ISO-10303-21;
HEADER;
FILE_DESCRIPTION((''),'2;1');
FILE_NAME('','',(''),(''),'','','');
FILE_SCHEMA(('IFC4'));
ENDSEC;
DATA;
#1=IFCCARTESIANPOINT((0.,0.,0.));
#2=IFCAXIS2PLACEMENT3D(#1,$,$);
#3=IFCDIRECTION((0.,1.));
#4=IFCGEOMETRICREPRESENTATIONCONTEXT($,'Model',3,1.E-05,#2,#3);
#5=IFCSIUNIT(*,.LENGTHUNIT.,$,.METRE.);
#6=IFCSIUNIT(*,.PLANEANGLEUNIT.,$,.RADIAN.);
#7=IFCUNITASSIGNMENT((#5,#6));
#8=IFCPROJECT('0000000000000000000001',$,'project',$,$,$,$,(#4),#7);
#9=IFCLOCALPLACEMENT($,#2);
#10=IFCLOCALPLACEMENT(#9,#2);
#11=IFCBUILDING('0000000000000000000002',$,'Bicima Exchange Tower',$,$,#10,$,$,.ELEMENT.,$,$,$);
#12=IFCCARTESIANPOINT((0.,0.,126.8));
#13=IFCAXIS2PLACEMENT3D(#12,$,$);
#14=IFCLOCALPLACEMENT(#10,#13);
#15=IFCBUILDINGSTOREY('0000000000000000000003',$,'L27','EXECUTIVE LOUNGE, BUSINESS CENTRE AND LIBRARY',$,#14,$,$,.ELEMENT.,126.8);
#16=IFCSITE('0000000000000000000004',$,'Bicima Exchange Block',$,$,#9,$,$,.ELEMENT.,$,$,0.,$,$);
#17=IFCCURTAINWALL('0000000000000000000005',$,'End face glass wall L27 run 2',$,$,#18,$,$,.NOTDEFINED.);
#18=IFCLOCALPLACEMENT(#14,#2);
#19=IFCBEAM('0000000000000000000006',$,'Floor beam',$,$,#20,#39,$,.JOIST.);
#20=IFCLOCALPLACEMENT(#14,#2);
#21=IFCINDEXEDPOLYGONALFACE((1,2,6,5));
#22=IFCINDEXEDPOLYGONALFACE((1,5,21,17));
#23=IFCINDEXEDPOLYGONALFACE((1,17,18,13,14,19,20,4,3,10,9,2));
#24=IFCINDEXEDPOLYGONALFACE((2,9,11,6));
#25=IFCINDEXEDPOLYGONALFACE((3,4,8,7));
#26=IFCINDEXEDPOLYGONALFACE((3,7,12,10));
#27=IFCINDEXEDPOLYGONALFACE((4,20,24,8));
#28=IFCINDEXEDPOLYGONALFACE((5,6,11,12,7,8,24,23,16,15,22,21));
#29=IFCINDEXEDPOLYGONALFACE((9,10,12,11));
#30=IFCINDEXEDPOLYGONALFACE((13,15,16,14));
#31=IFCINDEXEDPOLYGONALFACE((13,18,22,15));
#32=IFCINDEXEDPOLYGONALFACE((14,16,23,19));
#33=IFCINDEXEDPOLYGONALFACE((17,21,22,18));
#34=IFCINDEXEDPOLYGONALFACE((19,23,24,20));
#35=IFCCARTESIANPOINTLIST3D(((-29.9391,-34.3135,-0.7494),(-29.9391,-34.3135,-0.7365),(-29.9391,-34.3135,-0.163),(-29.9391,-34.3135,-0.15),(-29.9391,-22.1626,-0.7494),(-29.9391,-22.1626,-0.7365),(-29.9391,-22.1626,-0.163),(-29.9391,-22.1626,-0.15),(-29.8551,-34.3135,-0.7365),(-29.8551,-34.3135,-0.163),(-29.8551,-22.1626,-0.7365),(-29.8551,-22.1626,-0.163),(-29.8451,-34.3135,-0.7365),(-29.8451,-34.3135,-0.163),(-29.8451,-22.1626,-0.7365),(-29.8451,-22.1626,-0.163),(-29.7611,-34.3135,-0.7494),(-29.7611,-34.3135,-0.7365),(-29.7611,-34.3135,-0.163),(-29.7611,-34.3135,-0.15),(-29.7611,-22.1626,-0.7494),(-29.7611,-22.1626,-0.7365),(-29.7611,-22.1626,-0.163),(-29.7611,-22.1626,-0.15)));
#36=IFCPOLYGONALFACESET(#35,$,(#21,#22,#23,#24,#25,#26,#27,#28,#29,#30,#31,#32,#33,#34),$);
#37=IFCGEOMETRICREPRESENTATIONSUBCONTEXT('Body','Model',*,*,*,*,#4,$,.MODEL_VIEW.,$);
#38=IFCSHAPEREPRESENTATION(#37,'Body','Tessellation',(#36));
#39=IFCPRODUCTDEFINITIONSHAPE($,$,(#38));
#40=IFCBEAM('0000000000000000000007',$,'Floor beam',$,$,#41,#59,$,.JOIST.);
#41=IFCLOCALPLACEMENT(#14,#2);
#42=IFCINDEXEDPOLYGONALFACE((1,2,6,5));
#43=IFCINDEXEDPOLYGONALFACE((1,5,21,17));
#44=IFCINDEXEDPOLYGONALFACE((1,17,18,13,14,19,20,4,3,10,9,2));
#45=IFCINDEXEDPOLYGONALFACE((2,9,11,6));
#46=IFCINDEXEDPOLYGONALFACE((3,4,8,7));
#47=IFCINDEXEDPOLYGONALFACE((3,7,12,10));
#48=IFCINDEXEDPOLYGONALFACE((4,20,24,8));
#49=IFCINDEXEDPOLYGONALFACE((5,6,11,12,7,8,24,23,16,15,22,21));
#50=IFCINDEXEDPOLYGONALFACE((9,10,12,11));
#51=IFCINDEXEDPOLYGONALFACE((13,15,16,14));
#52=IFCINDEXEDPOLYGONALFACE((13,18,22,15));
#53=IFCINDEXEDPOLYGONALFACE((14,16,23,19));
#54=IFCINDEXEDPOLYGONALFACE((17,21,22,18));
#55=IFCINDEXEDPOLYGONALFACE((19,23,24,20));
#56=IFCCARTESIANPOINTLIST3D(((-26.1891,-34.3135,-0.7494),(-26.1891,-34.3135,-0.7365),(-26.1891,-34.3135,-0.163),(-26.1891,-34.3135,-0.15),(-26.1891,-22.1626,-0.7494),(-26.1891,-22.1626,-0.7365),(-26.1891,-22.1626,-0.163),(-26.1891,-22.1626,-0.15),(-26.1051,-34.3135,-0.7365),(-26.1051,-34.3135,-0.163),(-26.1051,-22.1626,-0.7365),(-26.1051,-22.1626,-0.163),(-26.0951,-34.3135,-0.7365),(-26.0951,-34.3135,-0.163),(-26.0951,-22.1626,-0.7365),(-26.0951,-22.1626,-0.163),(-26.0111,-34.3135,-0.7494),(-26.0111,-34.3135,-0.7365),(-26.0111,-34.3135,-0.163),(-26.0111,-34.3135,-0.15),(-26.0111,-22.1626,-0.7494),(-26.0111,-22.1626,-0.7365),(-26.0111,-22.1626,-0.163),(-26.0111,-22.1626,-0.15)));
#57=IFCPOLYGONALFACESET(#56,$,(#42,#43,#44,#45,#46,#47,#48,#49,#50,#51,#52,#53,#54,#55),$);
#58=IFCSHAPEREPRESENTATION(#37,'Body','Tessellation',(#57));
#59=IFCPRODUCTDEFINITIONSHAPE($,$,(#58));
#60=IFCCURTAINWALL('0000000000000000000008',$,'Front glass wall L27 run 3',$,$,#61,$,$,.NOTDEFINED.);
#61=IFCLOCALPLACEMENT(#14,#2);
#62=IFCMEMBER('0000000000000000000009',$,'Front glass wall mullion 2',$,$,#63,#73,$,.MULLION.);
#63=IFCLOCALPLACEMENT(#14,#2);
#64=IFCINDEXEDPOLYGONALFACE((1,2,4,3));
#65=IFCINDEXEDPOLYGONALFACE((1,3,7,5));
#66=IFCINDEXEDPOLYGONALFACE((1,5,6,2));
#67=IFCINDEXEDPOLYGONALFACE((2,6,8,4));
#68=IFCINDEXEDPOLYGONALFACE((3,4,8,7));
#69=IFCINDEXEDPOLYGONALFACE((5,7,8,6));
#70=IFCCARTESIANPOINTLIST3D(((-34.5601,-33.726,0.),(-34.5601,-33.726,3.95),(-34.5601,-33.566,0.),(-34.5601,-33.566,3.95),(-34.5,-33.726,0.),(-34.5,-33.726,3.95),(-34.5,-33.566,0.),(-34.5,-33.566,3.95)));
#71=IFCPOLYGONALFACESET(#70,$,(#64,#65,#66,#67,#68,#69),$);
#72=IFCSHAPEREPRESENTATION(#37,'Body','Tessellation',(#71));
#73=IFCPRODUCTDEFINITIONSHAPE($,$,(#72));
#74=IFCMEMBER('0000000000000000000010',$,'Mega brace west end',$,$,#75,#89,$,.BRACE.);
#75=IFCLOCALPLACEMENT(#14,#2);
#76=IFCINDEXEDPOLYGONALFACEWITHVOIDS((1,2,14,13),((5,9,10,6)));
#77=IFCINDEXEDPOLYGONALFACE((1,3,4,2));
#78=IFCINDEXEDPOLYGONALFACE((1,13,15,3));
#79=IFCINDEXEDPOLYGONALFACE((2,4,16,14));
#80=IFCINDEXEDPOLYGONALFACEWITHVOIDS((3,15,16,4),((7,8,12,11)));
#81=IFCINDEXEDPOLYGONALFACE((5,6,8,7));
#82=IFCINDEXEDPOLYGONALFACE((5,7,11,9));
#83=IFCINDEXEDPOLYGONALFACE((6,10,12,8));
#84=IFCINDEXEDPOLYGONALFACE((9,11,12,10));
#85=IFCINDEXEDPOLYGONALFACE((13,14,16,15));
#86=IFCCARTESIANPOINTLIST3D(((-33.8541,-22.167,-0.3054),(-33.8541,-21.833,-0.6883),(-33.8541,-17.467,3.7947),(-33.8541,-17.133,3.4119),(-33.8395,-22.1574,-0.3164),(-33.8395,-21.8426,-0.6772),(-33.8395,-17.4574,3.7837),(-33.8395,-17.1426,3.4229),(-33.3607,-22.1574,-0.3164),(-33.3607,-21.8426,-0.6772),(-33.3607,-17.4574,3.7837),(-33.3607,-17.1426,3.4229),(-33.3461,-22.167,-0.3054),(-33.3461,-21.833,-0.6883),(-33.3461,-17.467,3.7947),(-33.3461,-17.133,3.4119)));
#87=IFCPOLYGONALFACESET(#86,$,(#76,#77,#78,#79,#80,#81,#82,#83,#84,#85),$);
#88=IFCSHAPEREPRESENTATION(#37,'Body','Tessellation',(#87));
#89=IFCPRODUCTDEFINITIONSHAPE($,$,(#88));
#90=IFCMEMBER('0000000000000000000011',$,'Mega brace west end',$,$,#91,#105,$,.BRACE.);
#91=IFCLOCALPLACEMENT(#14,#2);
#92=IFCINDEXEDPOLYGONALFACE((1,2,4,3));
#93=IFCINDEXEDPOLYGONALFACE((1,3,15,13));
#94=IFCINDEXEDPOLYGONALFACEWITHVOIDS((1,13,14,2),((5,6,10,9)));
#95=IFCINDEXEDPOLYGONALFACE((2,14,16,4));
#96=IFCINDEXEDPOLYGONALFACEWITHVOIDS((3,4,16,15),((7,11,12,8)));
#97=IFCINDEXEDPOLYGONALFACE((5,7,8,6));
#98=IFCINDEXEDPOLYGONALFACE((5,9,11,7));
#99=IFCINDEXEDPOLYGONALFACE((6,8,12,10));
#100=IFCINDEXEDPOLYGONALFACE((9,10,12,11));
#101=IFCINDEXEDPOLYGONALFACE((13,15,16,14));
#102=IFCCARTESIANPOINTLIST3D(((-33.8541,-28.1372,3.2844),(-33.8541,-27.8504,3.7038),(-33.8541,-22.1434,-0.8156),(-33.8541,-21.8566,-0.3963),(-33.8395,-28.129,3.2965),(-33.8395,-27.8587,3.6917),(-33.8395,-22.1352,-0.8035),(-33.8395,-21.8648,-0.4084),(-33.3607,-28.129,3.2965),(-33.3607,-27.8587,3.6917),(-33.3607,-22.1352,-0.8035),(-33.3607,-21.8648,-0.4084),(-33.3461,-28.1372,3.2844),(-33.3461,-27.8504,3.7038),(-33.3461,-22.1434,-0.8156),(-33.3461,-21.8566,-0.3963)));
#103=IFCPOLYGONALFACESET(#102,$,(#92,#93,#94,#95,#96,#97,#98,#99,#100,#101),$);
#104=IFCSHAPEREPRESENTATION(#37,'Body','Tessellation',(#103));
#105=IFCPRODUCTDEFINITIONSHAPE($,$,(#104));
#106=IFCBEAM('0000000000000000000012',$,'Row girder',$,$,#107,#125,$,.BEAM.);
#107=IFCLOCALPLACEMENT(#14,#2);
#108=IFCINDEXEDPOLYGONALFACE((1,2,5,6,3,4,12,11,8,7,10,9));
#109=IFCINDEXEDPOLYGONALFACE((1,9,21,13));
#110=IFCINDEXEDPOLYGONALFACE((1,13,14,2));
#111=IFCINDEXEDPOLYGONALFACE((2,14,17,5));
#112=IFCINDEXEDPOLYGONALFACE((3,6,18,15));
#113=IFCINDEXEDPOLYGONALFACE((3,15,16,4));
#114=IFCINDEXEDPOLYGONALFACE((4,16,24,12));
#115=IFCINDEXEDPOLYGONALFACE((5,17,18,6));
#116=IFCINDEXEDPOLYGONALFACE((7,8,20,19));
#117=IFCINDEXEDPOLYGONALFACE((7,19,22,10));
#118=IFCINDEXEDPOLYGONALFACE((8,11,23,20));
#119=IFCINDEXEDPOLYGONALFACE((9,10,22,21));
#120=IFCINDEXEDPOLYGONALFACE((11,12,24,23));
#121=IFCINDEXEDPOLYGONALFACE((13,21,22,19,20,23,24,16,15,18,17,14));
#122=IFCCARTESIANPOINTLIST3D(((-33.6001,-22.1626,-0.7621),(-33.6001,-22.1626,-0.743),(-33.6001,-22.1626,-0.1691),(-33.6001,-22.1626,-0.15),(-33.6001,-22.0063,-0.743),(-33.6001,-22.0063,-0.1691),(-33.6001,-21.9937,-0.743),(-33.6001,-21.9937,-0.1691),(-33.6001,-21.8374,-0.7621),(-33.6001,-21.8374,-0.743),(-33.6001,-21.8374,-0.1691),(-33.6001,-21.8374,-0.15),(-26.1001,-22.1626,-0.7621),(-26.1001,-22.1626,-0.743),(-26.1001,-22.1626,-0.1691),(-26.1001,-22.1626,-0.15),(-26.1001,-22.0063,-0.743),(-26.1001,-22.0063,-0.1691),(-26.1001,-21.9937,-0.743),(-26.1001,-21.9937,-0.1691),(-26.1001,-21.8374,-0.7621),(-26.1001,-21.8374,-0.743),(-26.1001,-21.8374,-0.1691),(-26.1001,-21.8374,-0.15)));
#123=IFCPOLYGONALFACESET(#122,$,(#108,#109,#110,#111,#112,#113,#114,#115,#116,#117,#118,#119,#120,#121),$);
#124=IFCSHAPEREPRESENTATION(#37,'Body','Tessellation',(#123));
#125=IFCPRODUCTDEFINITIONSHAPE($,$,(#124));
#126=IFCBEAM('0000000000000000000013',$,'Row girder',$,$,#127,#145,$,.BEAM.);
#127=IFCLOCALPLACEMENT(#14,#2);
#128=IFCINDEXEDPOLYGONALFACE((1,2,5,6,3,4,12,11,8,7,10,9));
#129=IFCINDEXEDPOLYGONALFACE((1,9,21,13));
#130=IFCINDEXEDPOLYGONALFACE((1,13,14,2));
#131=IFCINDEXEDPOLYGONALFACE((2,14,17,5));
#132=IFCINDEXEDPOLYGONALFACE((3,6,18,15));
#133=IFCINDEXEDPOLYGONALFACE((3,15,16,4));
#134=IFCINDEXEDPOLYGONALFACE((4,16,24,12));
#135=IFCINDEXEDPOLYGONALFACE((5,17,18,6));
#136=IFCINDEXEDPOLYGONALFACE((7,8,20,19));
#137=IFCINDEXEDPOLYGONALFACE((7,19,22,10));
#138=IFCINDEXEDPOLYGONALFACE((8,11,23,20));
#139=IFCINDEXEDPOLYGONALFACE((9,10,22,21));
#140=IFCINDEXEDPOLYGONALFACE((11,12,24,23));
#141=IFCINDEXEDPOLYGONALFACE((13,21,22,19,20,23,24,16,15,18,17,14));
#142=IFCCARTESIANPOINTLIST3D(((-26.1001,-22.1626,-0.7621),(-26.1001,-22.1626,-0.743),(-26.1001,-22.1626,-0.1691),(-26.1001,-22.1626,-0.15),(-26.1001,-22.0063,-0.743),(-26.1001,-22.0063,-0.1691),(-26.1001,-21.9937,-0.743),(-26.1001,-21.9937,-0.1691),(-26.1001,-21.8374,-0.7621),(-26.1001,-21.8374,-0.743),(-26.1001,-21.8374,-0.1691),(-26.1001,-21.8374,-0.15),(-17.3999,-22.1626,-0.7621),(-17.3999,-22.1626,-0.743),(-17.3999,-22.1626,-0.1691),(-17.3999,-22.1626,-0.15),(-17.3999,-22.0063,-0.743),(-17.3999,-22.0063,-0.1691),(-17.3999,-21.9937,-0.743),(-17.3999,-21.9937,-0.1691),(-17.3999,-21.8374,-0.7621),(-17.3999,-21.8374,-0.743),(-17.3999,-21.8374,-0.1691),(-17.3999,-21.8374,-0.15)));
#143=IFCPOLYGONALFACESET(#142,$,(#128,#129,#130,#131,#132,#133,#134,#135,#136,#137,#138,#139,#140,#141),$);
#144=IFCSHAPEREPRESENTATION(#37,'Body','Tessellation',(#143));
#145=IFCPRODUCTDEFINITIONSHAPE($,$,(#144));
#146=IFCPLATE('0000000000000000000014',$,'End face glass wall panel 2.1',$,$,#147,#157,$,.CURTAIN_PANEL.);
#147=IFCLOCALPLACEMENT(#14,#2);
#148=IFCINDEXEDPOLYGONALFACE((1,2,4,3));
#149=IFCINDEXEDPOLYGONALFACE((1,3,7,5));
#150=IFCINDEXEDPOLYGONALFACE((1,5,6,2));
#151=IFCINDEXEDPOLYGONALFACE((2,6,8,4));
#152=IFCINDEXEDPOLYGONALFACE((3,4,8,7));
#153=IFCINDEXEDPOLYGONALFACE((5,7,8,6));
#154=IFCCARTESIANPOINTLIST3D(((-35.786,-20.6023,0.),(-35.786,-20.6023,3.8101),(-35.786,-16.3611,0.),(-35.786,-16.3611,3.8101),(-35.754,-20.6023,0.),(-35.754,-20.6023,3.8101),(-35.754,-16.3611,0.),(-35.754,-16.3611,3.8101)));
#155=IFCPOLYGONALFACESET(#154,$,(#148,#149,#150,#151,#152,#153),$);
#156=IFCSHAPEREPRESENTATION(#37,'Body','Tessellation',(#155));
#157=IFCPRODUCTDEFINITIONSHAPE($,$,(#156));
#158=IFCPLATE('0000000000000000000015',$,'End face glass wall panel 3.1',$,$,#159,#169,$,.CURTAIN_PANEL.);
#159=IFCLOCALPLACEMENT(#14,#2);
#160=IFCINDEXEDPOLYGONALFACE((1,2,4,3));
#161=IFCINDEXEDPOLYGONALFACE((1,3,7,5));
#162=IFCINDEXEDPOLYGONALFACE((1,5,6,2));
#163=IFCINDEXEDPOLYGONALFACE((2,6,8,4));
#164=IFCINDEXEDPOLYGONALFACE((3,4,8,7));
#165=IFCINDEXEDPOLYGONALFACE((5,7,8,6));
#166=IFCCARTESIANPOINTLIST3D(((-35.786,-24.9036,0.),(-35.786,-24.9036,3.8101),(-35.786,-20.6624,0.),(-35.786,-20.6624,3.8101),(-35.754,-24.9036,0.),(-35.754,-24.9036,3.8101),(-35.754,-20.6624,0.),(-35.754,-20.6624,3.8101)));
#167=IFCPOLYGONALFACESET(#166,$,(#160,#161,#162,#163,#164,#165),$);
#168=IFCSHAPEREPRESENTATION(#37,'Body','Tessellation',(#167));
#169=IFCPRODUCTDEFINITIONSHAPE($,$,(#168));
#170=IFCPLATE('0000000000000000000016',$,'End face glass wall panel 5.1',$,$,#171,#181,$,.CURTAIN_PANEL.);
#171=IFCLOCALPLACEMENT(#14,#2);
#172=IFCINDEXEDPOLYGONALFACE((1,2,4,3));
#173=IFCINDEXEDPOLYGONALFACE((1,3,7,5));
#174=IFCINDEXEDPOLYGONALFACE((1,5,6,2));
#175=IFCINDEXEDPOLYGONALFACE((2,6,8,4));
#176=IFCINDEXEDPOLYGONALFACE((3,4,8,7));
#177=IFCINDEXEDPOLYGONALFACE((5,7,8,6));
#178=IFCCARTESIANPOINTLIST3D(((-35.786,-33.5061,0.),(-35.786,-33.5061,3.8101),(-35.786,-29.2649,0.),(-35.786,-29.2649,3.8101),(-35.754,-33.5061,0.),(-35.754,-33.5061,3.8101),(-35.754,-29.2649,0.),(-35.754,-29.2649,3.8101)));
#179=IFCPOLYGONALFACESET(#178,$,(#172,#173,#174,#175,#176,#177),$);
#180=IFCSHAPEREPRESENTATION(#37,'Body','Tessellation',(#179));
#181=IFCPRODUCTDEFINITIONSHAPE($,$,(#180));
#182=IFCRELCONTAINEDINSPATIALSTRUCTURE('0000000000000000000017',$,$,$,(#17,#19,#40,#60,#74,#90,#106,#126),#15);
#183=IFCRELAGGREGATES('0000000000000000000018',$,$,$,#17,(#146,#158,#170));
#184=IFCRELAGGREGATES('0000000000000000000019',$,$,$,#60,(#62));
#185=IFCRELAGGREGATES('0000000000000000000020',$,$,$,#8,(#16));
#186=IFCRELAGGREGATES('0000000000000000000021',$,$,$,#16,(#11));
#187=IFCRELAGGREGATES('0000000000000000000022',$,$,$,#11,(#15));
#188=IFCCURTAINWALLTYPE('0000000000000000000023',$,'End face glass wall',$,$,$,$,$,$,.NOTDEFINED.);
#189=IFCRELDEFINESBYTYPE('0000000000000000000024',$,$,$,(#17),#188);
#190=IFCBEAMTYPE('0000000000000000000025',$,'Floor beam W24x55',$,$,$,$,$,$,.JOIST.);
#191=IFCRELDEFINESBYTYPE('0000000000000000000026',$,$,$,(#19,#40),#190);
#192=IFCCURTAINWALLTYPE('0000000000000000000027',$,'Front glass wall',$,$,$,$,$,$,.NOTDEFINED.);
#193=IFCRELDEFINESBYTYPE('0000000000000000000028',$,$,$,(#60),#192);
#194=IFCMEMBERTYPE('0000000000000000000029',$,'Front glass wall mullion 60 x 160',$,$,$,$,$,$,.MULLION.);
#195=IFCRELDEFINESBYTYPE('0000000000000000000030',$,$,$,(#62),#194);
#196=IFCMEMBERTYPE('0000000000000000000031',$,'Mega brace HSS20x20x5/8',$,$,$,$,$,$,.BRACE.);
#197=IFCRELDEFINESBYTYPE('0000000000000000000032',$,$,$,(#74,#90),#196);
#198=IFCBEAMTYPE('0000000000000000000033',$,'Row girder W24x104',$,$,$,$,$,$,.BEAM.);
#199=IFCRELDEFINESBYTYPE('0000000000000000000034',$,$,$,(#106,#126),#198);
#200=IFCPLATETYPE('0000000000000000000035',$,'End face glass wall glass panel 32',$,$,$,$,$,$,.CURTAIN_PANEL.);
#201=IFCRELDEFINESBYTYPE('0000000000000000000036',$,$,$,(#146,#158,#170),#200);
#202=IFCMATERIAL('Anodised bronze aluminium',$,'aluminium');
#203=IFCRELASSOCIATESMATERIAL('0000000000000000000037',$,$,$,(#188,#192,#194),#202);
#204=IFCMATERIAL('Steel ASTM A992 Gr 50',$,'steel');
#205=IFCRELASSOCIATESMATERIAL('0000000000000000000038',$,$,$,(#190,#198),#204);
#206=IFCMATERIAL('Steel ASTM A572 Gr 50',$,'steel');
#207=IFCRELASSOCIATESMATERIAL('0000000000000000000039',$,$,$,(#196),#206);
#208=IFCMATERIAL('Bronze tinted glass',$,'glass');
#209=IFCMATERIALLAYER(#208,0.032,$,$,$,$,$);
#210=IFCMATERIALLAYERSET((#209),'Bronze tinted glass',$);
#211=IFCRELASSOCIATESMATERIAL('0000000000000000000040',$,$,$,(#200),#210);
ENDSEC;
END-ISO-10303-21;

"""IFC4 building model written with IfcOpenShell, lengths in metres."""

from ifc_helpers import new_model, si_unit, direction, frame, origin, origin_2d, place, context, subcontext, project, spatial, rectangle, hollow_rectangle, i_section, extrude, material, layer, layer_set, material_profile, profile_set, type_object, element, aggregate, save


model = new_model("IFC4")

# Units and contexts
model_context = context("Model", 3, precision=1e-05, world=origin(), true_north=direction((0.0, 1.0)))
body_context = subcontext(model_context, "Body", "Model", "MODEL_VIEW")
ifc_project = project(units=[si_unit("LENGTHUNIT", "METRE"), si_unit("PLANEANGLEUNIT", "RADIAN")], contexts=[model_context])

# Site, building, storey
site_placement = place(None, origin())
site = spatial("IfcSite", under=ifc_project, at=site_placement, Name="Bicima Exchange Block", CompositionType="ELEMENT", RefElevation=0.0)
building_placement = place(site_placement, origin())
building = spatial("IfcBuilding", under=site, at=building_placement, Name="Bicima Exchange Tower", CompositionType="ELEMENT")
storey_placement = place(building_placement, frame((0.0, 0.0, 126.8)))
storey = spatial("IfcBuildingStorey", under=building, at=storey_placement, Name="L27", Description="EXECUTIVE LOUNGE, BUSINESS CENTRE AND LIBRARY", CompositionType="ELEMENT", Elevation=126.8)

# Shared definitions
ifc_material_1 = material(Name="Steel ASTM A992 Gr 50", Category="steel")

# Curtain wall
ifc_material_2 = material(Name="Anodised bronze aluminium", Category="aluminium")
curtain_wall_type_1 = type_object("IfcCurtainWallType", Name="End face glass wall", PredefinedType="NOTDEFINED", material=ifc_material_2)
curtain_wall_1_placement = place(storey_placement, origin())
curtain_wall_1 = element("IfcCurtainWall", 1, at=curtain_wall_1_placement, inside=storey, type_object=curtain_wall_type_1, Name="End face glass wall L27 run 2", PredefinedType="NOTDEFINED")
ifc_material_profile_1 = material_profile(ifc_material_2, rectangle(XDim=0.1599, YDim=0.0601, at=origin_2d()))
ifc_profile_set_1 = profile_set([ifc_material_profile_1], Name="Anodised bronze aluminium")

# Beams
ifc_material_profile_2 = material_profile(ifc_material_1, i_section(OverallWidth=0.178, OverallDepth=0.5994, WebThickness=0.01, FlangeThickness=0.0129, at=origin_2d()))
ifc_profile_set_2 = profile_set([ifc_material_profile_2], Name="Steel ASTM A992 Gr 50")
beam_type_1 = type_object("IfcBeamType", Name="Floor beam W24x55", PredefinedType="JOIST", material=ifc_profile_set_2)
for number, where, z_axis, x_axis, name in (
    (2, (-29.8501, -22.1626, -0.4497), (0.0, -1.0, 0.0), (1.0, 0.0, 0.0), "Floor beam"),
    (3, (-26.1001, -22.1626, -0.4497), (0.0, -1.0, 0.0), (1.0, 0.0, 0.0), "Floor beam"),
):
    element("IfcBeam", number, at=place(storey_placement, frame(where, z_axis=z_axis, x_axis=x_axis)), inside=storey, type_object=beam_type_1, Name=name, PredefinedType="JOIST", context=body_context, shape_type="SweptSolid", body=[
        extrude(i_section(OverallWidth=0.178, OverallDepth=0.5994, WebThickness=0.01, FlangeThickness=0.0129, at=origin_2d()), origin(), (0.0, 0.0, 1.0), 12.1509),
    ])

# Curtain wall, member
curtain_wall_type_2 = type_object("IfcCurtainWallType", Name="Front glass wall", PredefinedType="NOTDEFINED", material=ifc_material_2)
curtain_wall_2_placement = place(storey_placement, origin())
curtain_wall_2 = element("IfcCurtainWall", 4, at=curtain_wall_2_placement, inside=storey, type_object=curtain_wall_type_2, Name="Front glass wall L27 run 3", PredefinedType="NOTDEFINED")
member_type_1 = type_object("IfcMemberType", Name="Front glass wall mullion 60 x 160", PredefinedType="MULLION", material=ifc_profile_set_1)
member_1_placement = place(storey_placement, frame((-34.53, -33.646, 0.0), z_axis=(0.0, 0.0, 1.0), x_axis=(0.0, 1.0, 0.0)))
member_1 = element("IfcMember", 5, at=member_1_placement, type_object=member_type_1, Name="Front glass wall mullion 2", PredefinedType="MULLION", context=body_context, shape_type="SweptSolid", body=[
    extrude(rectangle(XDim=0.1599, YDim=0.0601, at=origin_2d()), origin(), (0.0, 0.0, 1.0), 3.95),
])

# Members
ifc_material_3 = material(Name="Steel ASTM A572 Gr 50", Category="steel")
ifc_material_profile_3 = material_profile(ifc_material_3, hollow_rectangle(XDim=0.5081, YDim=0.5081, WallThickness=0.0146, at=origin_2d()))
ifc_profile_set_3 = profile_set([ifc_material_profile_3], Name="Steel ASTM A572 Gr 50")
member_type_2 = type_object("IfcMemberType", Name="Mega brace HSS20x20x5/8", PredefinedType="BRACE", material=ifc_profile_set_3)
member_2_placement = place(storey_placement, frame((-33.6001, -22.0, -0.4968), z_axis=(0.0, 0.753558, 0.657382), x_axis=(-1.0, 0.0, 0.0)))
element("IfcMember", 6, at=member_2_placement, inside=storey, type_object=member_type_2, Name="Mega brace west end", PredefinedType="BRACE", context=body_context, shape_type="SweptSolid", body=[
    extrude(hollow_rectangle(XDim=0.5081, YDim=0.5081, WallThickness=0.0146, at=origin_2d()), origin(), (0.0, 0.0, 1.0), 6.2371),
])
member_3_placement = place(storey_placement, frame((-33.6001, -22.0, -0.606), z_axis=(0.0, -0.825371, 0.564591), x_axis=(1.0, 0.0, 0.0)))
element("IfcMember", 7, at=member_3_placement, inside=storey, type_object=member_type_2, Name="Mega brace west end", PredefinedType="BRACE", context=body_context, shape_type="SweptSolid", body=[
    extrude(hollow_rectangle(XDim=0.5081, YDim=0.5081, WallThickness=0.0146, at=origin_2d()), origin(), (0.0, 0.0, 1.0), 7.262),
])

# Beams
ifc_material_profile_4 = material_profile(ifc_material_1, i_section(OverallWidth=0.3252, OverallDepth=0.6121, WebThickness=0.0127, FlangeThickness=0.019, at=origin_2d()))
ifc_profile_set_4 = profile_set([ifc_material_profile_4], Name="Steel ASTM A992 Gr 50")
beam_type_2 = type_object("IfcBeamType", Name="Row girder W24x104", PredefinedType="BEAM", material=ifc_profile_set_4)
beam_1_placement = place(storey_placement, frame((-33.6001, -22.0, -0.4561), z_axis=(1.0, 0.0, 0.0), x_axis=(0.0, 1.0, 0.0)))
element("IfcBeam", 8, at=beam_1_placement, inside=storey, type_object=beam_type_2, Name="Row girder", PredefinedType="BEAM", context=body_context, shape_type="SweptSolid", body=[
    extrude(i_section(OverallWidth=0.3252, OverallDepth=0.6121, WebThickness=0.0127, FlangeThickness=0.019, at=origin_2d()), origin(), (0.0, 0.0, 1.0), 7.5),
])
beam_2_placement = place(storey_placement, frame((-26.1001, -22.0, -0.4561), z_axis=(1.0, 0.0, 0.0), x_axis=(0.0, 1.0, 0.0)))
element("IfcBeam", 9, at=beam_2_placement, inside=storey, type_object=beam_type_2, Name="Row girder", PredefinedType="BEAM", context=body_context, shape_type="SweptSolid", body=[
    extrude(i_section(OverallWidth=0.3252, OverallDepth=0.6121, WebThickness=0.0127, FlangeThickness=0.019, at=origin_2d()), origin(), (0.0, 0.0, 1.0), 8.7002),
])

# Plates
ifc_material_4 = material(Name="Bronze tinted glass", Category="glass")
ifc_layer_1 = layer(ifc_material_4, 0.032)
ifc_layer_set_1 = layer_set([ifc_layer_1], Name="Bronze tinted glass")
plate_type_1 = type_object("IfcPlateType", Name="End face glass wall glass panel 32", PredefinedType="CURTAIN_PANEL", material=ifc_layer_set_1)
plate_1_placement = place(storey_placement, frame((-35.77, -18.4817, 0.0), z_axis=(0.0, 0.0, 1.0), x_axis=(0.0, -1.0, 0.0)))
plate_1 = element("IfcPlate", 10, at=plate_1_placement, type_object=plate_type_1, Name="End face glass wall panel 2.1", PredefinedType="CURTAIN_PANEL", context=body_context, shape_type="SweptSolid", body=[
    extrude(rectangle(XDim=4.2412, YDim=0.032, at=origin_2d()), origin(), (0.0, 0.0, 1.0), 3.8101),
])
plate_2_placement = place(storey_placement, frame((-35.77, -22.783, 0.0), z_axis=(0.0, 0.0, 1.0), x_axis=(0.0, -1.0, 0.0)))
plate_2 = element("IfcPlate", 11, at=plate_2_placement, type_object=plate_type_1, Name="End face glass wall panel 3.1", PredefinedType="CURTAIN_PANEL", context=body_context, shape_type="SweptSolid", body=[
    extrude(rectangle(XDim=4.2412, YDim=0.032, at=origin_2d()), origin(), (0.0, 0.0, 1.0), 3.8101),
])
plate_3_placement = place(storey_placement, frame((-35.77, -31.3855, 0.0), z_axis=(0.0, 0.0, 1.0), x_axis=(0.0, -1.0, 0.0)))
plate_3 = element("IfcPlate", 12, at=plate_3_placement, type_object=plate_type_1, Name="End face glass wall panel 5.1", PredefinedType="CURTAIN_PANEL", context=body_context, shape_type="SweptSolid", body=[
    extrude(rectangle(XDim=4.2412, YDim=0.032, at=origin_2d()), origin(), (0.0, 0.0, 1.0), 3.8101),
])
aggregate(curtain_wall_1, [plate_1, plate_2, plate_3])
aggregate(curtain_wall_2, [member_1])

save(model, "model.ifc")
